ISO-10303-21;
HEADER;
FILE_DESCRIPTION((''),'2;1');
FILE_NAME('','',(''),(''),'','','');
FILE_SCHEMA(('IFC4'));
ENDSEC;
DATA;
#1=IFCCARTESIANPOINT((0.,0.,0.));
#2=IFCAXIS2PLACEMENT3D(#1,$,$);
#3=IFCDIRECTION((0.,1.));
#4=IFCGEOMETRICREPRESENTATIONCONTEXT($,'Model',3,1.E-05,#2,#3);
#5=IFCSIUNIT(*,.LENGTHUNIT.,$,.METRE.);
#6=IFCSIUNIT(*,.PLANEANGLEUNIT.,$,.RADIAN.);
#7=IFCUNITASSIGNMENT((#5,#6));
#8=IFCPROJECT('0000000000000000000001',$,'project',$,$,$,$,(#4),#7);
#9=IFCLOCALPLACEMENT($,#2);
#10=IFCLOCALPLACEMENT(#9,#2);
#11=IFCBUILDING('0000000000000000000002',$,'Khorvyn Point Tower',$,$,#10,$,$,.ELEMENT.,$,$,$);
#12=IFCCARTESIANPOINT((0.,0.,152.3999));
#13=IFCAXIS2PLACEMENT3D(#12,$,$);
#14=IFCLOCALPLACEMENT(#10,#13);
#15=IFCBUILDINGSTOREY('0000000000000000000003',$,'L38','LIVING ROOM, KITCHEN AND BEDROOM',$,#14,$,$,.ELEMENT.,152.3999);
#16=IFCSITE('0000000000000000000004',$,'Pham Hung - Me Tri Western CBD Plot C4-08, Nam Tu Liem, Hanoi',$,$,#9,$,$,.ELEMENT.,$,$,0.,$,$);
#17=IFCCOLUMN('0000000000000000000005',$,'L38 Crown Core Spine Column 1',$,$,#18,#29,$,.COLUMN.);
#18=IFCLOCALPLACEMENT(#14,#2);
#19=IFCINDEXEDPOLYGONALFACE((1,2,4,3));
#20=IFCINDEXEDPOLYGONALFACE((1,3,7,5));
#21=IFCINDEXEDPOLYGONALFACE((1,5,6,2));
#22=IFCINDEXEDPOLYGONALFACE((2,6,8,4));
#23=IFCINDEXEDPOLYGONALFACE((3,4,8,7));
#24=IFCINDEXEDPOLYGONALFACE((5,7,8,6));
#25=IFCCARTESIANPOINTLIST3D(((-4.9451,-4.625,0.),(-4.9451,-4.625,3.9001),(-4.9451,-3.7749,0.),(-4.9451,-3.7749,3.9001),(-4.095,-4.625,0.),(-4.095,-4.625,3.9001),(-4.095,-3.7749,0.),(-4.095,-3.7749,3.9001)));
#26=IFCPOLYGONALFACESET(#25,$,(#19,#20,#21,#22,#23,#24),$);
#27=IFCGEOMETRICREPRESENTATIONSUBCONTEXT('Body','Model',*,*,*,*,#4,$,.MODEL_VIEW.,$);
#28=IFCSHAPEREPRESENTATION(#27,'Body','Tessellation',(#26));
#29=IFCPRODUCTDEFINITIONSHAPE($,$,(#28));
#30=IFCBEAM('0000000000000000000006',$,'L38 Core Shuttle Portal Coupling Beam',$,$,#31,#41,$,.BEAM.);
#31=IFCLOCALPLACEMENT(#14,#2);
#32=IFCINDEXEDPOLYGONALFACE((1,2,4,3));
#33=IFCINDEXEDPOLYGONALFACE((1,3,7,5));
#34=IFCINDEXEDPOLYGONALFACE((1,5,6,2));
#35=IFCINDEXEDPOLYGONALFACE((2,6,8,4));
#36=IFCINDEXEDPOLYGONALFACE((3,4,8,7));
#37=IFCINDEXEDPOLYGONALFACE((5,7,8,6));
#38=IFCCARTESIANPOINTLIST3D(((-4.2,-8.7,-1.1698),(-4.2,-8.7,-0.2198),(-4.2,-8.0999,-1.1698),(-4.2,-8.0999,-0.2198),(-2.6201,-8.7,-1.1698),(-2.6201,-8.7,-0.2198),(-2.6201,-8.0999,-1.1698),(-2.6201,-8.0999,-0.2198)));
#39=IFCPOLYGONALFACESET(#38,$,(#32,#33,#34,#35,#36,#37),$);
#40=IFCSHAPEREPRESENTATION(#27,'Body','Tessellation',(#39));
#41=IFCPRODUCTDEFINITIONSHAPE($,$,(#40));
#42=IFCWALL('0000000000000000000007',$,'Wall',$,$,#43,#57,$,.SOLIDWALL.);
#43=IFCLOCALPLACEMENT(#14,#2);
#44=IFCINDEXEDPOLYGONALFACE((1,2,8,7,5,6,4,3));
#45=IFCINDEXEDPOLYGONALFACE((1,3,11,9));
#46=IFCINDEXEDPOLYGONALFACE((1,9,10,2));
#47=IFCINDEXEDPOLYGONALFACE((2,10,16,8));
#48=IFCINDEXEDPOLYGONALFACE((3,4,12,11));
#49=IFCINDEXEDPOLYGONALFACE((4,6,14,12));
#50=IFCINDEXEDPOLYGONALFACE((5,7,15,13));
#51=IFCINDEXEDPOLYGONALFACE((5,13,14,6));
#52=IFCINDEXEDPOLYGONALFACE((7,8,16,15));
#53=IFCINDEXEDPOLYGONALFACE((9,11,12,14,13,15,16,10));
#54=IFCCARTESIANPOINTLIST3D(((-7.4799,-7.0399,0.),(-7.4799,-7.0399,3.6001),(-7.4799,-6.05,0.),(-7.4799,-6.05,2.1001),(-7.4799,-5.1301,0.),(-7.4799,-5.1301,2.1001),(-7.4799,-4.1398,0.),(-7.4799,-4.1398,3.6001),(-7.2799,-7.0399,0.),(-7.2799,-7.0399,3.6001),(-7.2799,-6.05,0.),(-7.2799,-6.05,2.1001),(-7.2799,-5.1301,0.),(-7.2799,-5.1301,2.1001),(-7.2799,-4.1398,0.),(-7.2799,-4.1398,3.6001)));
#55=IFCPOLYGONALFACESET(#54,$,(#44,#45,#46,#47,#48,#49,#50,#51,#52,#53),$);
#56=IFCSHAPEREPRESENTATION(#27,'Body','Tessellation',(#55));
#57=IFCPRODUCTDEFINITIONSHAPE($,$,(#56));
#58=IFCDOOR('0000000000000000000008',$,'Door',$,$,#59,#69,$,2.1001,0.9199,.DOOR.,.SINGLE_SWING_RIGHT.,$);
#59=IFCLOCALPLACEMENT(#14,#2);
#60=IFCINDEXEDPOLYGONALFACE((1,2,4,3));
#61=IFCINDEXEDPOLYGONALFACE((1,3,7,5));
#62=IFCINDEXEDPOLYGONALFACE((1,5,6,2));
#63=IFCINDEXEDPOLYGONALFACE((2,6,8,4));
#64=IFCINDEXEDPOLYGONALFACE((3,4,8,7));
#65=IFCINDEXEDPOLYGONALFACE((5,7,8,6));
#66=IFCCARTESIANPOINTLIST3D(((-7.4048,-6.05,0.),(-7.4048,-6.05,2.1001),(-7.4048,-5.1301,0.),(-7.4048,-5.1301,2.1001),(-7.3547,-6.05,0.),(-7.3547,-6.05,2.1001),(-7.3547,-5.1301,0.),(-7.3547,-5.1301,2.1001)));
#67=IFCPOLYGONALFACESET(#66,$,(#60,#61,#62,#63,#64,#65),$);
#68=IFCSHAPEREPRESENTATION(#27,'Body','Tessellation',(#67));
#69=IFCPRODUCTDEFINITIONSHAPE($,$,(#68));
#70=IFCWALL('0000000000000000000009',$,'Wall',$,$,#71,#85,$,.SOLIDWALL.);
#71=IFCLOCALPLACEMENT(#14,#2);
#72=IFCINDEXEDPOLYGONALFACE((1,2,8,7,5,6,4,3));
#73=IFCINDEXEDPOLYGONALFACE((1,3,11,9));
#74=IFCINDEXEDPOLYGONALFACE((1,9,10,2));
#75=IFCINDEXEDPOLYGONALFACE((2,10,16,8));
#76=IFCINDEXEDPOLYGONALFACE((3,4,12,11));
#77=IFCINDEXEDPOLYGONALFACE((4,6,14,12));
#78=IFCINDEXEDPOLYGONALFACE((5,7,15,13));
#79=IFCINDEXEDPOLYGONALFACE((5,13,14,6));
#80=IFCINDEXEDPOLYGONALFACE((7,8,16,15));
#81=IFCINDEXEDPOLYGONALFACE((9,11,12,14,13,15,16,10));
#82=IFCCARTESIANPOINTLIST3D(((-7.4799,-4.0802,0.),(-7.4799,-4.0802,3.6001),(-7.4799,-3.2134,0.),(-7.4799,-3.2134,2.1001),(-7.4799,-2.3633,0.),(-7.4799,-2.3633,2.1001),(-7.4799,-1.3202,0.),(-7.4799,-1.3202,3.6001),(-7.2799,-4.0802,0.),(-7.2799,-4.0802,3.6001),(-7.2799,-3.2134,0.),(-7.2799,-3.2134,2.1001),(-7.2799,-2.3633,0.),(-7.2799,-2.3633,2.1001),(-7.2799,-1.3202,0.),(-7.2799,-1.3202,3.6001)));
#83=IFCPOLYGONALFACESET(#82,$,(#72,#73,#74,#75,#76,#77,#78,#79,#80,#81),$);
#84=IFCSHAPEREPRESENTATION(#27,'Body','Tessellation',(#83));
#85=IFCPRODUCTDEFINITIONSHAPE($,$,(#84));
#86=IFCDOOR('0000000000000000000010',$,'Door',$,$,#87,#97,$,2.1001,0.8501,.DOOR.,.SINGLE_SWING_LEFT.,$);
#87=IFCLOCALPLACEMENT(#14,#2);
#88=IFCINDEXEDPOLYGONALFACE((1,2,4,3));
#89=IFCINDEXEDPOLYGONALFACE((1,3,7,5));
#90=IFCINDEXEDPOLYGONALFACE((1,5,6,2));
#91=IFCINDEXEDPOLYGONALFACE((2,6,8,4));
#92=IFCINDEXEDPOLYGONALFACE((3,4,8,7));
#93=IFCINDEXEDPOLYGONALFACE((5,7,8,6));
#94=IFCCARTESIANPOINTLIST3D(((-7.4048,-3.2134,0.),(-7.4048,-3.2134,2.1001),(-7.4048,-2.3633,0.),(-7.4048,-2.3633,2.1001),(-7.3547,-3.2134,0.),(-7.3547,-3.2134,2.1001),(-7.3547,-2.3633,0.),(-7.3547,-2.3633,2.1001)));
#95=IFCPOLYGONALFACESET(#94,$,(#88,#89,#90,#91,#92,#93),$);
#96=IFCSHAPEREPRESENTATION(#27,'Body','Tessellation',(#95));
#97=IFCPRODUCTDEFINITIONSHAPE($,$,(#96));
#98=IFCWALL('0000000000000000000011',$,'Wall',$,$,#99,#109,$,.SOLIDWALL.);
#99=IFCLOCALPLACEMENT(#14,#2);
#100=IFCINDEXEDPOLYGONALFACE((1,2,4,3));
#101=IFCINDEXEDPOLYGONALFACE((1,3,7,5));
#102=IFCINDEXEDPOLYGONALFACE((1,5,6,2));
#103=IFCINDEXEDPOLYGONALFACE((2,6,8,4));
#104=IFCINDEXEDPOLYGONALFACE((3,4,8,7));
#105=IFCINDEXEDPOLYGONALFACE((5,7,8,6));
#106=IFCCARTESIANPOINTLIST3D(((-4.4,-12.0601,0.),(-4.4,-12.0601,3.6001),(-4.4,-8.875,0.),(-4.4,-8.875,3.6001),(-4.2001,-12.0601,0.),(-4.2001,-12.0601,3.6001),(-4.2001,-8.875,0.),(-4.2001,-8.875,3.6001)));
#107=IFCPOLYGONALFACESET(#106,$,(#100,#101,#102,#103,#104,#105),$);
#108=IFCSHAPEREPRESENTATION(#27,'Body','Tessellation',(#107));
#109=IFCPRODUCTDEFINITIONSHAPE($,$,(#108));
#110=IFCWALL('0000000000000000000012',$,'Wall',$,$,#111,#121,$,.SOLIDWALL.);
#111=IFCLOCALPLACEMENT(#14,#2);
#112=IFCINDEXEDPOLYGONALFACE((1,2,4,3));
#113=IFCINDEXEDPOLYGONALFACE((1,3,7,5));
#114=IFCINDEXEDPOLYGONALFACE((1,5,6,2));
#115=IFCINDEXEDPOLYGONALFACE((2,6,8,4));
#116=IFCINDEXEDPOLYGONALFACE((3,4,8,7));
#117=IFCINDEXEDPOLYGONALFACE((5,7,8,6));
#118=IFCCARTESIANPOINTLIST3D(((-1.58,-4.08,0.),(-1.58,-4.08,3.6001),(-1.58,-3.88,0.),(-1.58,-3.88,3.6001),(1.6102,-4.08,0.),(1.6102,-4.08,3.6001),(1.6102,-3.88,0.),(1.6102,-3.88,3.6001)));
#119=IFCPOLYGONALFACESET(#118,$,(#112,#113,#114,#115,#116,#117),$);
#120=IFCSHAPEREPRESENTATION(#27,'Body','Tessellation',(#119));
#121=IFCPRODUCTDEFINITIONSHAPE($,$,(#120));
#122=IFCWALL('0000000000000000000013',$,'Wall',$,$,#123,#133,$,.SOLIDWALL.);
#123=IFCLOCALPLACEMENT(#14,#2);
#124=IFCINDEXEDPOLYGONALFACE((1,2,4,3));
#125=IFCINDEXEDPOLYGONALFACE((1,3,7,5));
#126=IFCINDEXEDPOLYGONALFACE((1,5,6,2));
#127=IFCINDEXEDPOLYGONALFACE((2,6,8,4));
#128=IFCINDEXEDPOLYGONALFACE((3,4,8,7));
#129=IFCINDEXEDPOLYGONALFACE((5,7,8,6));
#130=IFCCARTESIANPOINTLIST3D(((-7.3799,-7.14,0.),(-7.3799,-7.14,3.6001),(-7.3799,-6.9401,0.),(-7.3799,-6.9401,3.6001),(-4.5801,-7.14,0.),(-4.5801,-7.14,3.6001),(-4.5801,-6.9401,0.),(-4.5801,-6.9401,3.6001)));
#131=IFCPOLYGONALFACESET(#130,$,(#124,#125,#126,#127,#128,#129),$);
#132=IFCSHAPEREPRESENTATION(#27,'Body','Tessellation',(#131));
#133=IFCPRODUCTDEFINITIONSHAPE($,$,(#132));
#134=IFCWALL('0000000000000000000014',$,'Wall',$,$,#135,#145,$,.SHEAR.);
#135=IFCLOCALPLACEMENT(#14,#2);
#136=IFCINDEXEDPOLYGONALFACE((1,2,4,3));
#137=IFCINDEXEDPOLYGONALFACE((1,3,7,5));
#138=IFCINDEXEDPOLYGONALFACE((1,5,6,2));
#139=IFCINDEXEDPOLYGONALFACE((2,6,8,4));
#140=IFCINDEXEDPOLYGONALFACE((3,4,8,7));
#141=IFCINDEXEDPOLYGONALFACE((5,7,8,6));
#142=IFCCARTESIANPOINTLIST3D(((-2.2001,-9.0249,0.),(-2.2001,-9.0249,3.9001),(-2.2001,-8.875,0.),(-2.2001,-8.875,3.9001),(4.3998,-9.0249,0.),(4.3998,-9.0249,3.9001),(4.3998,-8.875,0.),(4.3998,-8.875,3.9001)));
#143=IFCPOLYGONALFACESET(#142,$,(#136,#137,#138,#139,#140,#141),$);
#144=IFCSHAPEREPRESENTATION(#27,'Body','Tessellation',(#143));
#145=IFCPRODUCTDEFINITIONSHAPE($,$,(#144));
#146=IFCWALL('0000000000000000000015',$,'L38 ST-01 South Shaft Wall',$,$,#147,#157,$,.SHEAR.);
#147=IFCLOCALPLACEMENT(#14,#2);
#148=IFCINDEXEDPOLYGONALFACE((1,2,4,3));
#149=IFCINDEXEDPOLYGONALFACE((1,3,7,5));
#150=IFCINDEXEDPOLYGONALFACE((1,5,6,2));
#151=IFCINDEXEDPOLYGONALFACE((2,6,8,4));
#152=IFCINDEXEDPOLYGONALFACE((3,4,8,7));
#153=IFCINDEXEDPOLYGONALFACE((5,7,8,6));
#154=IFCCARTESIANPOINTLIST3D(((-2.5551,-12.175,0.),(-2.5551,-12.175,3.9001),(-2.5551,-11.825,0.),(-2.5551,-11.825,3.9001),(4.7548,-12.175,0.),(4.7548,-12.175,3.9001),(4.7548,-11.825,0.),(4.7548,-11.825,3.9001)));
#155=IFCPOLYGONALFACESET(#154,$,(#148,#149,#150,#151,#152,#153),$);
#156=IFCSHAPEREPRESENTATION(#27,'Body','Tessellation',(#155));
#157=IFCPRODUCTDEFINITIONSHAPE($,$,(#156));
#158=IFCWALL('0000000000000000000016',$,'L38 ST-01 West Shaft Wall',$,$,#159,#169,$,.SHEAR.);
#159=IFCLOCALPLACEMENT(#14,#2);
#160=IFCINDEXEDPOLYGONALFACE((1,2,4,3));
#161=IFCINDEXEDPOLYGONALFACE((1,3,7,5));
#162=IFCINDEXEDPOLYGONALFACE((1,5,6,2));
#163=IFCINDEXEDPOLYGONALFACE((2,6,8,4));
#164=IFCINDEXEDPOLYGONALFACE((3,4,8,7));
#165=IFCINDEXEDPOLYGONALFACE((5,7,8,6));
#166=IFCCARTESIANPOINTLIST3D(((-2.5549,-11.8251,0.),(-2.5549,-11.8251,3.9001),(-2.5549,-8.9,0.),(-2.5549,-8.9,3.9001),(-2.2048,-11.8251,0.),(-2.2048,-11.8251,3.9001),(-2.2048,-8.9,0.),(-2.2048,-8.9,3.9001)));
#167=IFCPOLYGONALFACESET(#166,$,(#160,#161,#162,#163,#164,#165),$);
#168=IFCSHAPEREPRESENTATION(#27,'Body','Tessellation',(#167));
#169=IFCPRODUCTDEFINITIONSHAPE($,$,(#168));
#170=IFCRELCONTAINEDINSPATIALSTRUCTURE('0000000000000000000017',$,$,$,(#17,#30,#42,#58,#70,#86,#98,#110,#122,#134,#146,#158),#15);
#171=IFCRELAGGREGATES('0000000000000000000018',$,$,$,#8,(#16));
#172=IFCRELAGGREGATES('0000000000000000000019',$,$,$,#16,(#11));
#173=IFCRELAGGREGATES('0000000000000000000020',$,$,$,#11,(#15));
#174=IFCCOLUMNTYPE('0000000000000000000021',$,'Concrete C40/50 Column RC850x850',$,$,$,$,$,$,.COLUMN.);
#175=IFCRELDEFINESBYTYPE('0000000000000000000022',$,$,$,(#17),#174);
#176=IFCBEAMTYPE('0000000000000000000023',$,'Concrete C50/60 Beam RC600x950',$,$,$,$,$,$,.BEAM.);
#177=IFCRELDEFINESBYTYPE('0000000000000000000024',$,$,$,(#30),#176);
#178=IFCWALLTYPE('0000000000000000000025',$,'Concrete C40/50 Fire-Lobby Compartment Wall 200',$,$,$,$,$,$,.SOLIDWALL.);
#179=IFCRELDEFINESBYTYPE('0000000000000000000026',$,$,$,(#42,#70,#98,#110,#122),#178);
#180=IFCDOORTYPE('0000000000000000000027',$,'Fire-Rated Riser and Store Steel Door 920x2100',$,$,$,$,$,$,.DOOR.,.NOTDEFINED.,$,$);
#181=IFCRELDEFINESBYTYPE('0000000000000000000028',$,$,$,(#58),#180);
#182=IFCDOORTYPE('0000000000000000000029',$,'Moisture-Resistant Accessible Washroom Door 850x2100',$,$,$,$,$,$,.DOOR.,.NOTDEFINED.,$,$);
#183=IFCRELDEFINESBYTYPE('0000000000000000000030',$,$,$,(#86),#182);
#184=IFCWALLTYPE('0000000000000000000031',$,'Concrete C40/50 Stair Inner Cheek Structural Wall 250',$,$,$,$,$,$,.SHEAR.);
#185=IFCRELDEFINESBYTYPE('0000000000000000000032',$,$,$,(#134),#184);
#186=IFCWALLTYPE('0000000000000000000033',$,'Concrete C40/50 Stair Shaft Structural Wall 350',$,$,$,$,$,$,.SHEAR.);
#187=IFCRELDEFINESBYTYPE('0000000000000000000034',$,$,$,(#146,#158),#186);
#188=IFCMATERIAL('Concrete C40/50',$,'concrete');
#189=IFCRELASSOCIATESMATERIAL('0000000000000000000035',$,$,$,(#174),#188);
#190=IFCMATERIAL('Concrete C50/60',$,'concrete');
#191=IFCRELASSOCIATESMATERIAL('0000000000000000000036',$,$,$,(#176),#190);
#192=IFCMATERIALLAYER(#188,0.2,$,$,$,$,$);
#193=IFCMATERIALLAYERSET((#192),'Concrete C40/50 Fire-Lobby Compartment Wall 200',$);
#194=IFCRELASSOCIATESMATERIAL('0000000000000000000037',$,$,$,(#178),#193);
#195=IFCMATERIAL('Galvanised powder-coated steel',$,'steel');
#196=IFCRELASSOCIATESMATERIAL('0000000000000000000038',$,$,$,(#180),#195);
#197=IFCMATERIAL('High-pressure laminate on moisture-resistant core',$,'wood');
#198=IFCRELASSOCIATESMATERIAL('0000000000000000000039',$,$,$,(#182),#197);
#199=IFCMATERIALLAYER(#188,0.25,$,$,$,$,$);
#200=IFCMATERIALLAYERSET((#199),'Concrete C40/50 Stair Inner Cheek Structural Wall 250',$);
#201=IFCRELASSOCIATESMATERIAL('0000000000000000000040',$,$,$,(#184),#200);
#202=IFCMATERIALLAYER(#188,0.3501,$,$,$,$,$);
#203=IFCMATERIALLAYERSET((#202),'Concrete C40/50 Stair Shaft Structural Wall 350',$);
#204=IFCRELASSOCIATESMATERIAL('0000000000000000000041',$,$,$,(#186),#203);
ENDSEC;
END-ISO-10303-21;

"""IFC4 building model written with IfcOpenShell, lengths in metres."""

from ifc_helpers import new_model, si_unit, direction, frame, frame_2d, origin, origin_2d, place, context, subcontext, project, spatial, rectangle, extrude, material, layer, layer_set, material_profile, profile_set, type_object, element, fill, save


model = new_model("IFC4")

# Units and contexts
model_context = context("Model", 3, precision=1e-05, world=origin(), true_north=direction((0.0, 1.0)))
body_context = subcontext(model_context, "Body", "Model", "MODEL_VIEW")
ifc_project = project(units=[si_unit("LENGTHUNIT", "METRE"), si_unit("PLANEANGLEUNIT", "RADIAN")], contexts=[model_context])

# Site, building, storey
site_placement = place(None, origin())
site = spatial("IfcSite", under=ifc_project, at=site_placement, Name="Pham Hung - Me Tri Western CBD Plot C4-08, Nam Tu Liem, Hanoi", CompositionType="ELEMENT", RefElevation=0.0)
building_placement = place(site_placement, origin())
building = spatial("IfcBuilding", under=site, at=building_placement, Name="Khorvyn Point Tower", CompositionType="ELEMENT")
storey_placement = place(building_placement, frame((0.0, 0.0, 152.3999)))
storey = spatial("IfcBuildingStorey", under=building, at=storey_placement, Name="L38", Description="LIVING ROOM, KITCHEN AND BEDROOM", CompositionType="ELEMENT", Elevation=152.3999)

# Column
ifc_material_1 = material(Name="Concrete C40/50", Category="concrete")
ifc_material_profile_1 = material_profile(ifc_material_1, rectangle(XDim=0.8501, YDim=0.8501, at=origin_2d()))
ifc_profile_set_1 = profile_set([ifc_material_profile_1], Name="Concrete C40/50 RC850x850")
column_type = type_object("IfcColumnType", Name="Concrete C40/50 Column RC850x850", PredefinedType="COLUMN", material=ifc_profile_set_1)
column_placement = place(storey_placement, frame((-4.52, -4.2, 0.0), z_axis=(0.0, 0.0, 1.0), x_axis=(1.0, 0.0, 0.0)))
element("IfcColumn", 1, at=column_placement, inside=storey, type_object=column_type, Name="L38 Crown Core Spine Column 1", PredefinedType="COLUMN", context=body_context, shape_type="SweptSolid", body=[
    extrude(rectangle(XDim=0.8501, YDim=0.8501, at=origin_2d()), origin(), (0.0, 0.0, 1.0), 3.9001),
])

# Beam
ifc_material_2 = material(Name="Concrete C50/60", Category="concrete")
ifc_material_profile_2 = material_profile(ifc_material_2, rectangle(XDim=0.6001, YDim=0.95, at=origin_2d()))
ifc_profile_set_2 = profile_set([ifc_material_profile_2], Name="Concrete C50/60 RC600x950")
beam_type = type_object("IfcBeamType", Name="Concrete C50/60 Beam RC600x950", PredefinedType="BEAM", material=ifc_profile_set_2)
beam_placement = place(storey_placement, frame((-4.2, -8.3999, -0.6948), z_axis=(1.0, 0.0, 0.0), x_axis=(0.0, 1.0, 0.0)))
element("IfcBeam", 2, at=beam_placement, inside=storey, type_object=beam_type, Name="L38 Core Shuttle Portal Coupling Beam", PredefinedType="BEAM", context=body_context, shape_type="SweptSolid", body=[
    extrude(rectangle(XDim=0.6001, YDim=0.95, at=origin_2d()), origin(), (0.0, 0.0, 1.0), 1.5798),
])

# Walls, openings, doors
ifc_layer_1 = layer(ifc_material_1, 0.2)
ifc_layer_set_1 = layer_set([ifc_layer_1], Name="Concrete C40/50 Fire-Lobby Compartment Wall 200")
wall_type_1 = type_object("IfcWallType", Name="Concrete C40/50 Fire-Lobby Compartment Wall 200", PredefinedType="SOLIDWALL", material=ifc_layer_set_1)
wall_1_placement = place(storey_placement, frame((-7.3799, -7.04, 0.0), z_axis=(0.0, 0.0, 1.0), x_axis=(0.0, 1.0, 0.0)))
wall_1 = element("IfcWall", 3, at=wall_1_placement, inside=storey, type_object=wall_type_1, Name="Wall", PredefinedType="SOLIDWALL", context=body_context, shape_type="SweptSolid", body=[
    extrude(rectangle(XDim=2.9001, YDim=0.2, at=frame_2d((1.4502, 0.0))), origin(), (0.0, 0.0, 1.0), 3.6001),
])
opening_1_placement = place(wall_1_placement, frame((0.99, 0.0, 0.0)))
opening_1 = element("IfcOpeningElement", 4, at=opening_1_placement, cuts=wall_1, PredefinedType="OPENING", context=body_context, shape_type="SweptSolid", body=[
    extrude(rectangle(XDim=0.9199, YDim=2.1001, at=frame_2d((0.46, 1.05))), frame((0.0, 0.1099, 0.0), z_axis=(0.0, -1.0, 0.0), x_axis=(1.0, 0.0, 0.0)), (0.0, 0.0, 1.0), 0.22),
])
ifc_material_3 = material(Name="Galvanised powder-coated steel", Category="steel")
door_type_1 = type_object("IfcDoorType", Name="Fire-Rated Riser and Store Steel Door 920x2100", OperationType="NOTDEFINED", PredefinedType="DOOR", material=ifc_material_3)
door_1_placement = place(opening_1_placement, origin())
door_1 = element("IfcDoor", 5, at=door_1_placement, inside=storey, type_object=door_type_1, Name="Door", OperationType="SINGLE_SWING_RIGHT", OverallHeight=2.1001, OverallWidth=0.9199, PredefinedType="DOOR", context=body_context, shape_type="SweptSolid", body=[
    extrude(rectangle(XDim=0.9199, YDim=2.1001, at=frame_2d((0.46, 1.05))), frame((0.0, 0.0249, 0.0), z_axis=(0.0, -1.0, 0.0), x_axis=(1.0, 0.0, 0.0)), (0.0, 0.0, 1.0), 0.05),
])
fill(opening_1, door_1)
wall_2_placement = place(storey_placement, frame((-7.3799, -4.0801, 0.0), z_axis=(0.0, 0.0, 1.0), x_axis=(0.0, 1.0, 0.0)))
wall_2 = element("IfcWall", 6, at=wall_2_placement, inside=storey, type_object=wall_type_1, Name="Wall", PredefinedType="SOLIDWALL", context=body_context, shape_type="SweptSolid", body=[
    extrude(rectangle(XDim=2.76, YDim=0.2, at=frame_2d((1.3799, 0.0))), origin(), (0.0, 0.0, 1.0), 3.6001),
])
opening_2_placement = place(wall_2_placement, frame((0.8667, 0.0, 0.0)))
opening_2 = element("IfcOpeningElement", 7, at=opening_2_placement, cuts=wall_2, PredefinedType="OPENING", context=body_context, shape_type="SweptSolid", body=[
    extrude(rectangle(XDim=0.8501, YDim=2.1001, at=frame_2d((0.425, 1.05))), frame((0.0, 0.1099, 0.0), z_axis=(0.0, -1.0, 0.0), x_axis=(1.0, 0.0, 0.0)), (0.0, 0.0, 1.0), 0.22),
])
ifc_material_4 = material(Name="High-pressure laminate on moisture-resistant core", Category="wood")
door_type_2 = type_object("IfcDoorType", Name="Moisture-Resistant Accessible Washroom Door 850x2100", OperationType="NOTDEFINED", PredefinedType="DOOR", material=ifc_material_4)
door_2_placement = place(opening_2_placement, origin())
door_2 = element("IfcDoor", 8, at=door_2_placement, inside=storey, type_object=door_type_2, Name="Door", OperationType="SINGLE_SWING_LEFT", OverallHeight=2.1001, OverallWidth=0.8501, PredefinedType="DOOR", context=body_context, shape_type="SweptSolid", body=[
    extrude(rectangle(XDim=0.8501, YDim=2.1001, at=frame_2d((0.425, 1.05))), frame((0.0, 0.0249, 0.0), z_axis=(0.0, -1.0, 0.0), x_axis=(1.0, 0.0, 0.0)), (0.0, 0.0, 1.0), 0.05),
])
fill(opening_2, door_2)

# Walls
wall_3_placement = place(storey_placement, frame((-4.3, -12.0601, 0.0), z_axis=(0.0, 0.0, 1.0), x_axis=(0.0, 1.0, 0.0)))
element("IfcWall", 9, at=wall_3_placement, inside=storey, type_object=wall_type_1, Name="Wall", PredefinedType="SOLIDWALL", context=body_context, shape_type="SweptSolid", body=[
    extrude(rectangle(XDim=3.1851, YDim=0.2, at=frame_2d((1.5925, 0.0))), origin(), (0.0, 0.0, 1.0), 3.6001),
])
wall_4_placement = place(storey_placement, frame((-1.5801, -3.98, 0.0), z_axis=(0.0, 0.0, 1.0), x_axis=(1.0, 0.0, 0.0)))
element("IfcWall", 10, at=wall_4_placement, inside=storey, type_object=wall_type_1, Name="Wall", PredefinedType="SOLIDWALL", context=body_context, shape_type="SweptSolid", body=[
    extrude(rectangle(XDim=3.1902, YDim=0.2, at=frame_2d((1.5952, 0.0))), origin(), (0.0, 0.0, 1.0), 3.6001),
])
wall_5_placement = place(storey_placement, frame((-7.3799, -7.04, 0.0), z_axis=(0.0, 0.0, 1.0), x_axis=(1.0, 0.0, 0.0)))
element("IfcWall", 11, at=wall_5_placement, inside=storey, type_object=wall_type_1, Name="Wall", PredefinedType="SOLIDWALL", context=body_context, shape_type="SweptSolid", body=[
    extrude(rectangle(XDim=2.7998, YDim=0.2, at=frame_2d((1.3999, 0.0))), origin(), (0.0, 0.0, 1.0), 3.6001),
])
ifc_layer_2 = layer(ifc_material_1, 0.25)
ifc_layer_set_2 = layer_set([ifc_layer_2], Name="Concrete C40/50 Stair Inner Cheek Structural Wall 250")
wall_type_2 = type_object("IfcWallType", Name="Concrete C40/50 Stair Inner Cheek Structural Wall 250", PredefinedType="SHEAR", material=ifc_layer_set_2)
wall_6_placement = place(storey_placement, frame((-2.2, -8.95, 0.0), z_axis=(0.0, 0.0, 1.0), x_axis=(1.0, 0.0, 0.0)))
element("IfcWall", 12, at=wall_6_placement, inside=storey, type_object=wall_type_2, Name="Wall", PredefinedType="SHEAR", context=body_context, shape_type="SweptSolid", body=[
    extrude(rectangle(XDim=6.5999, YDim=0.1499, at=frame_2d((3.2998, 0.0))), origin(), (0.0, 0.0, 1.0), 3.9001),
])
ifc_layer_3 = layer(ifc_material_1, 0.3501)
ifc_layer_set_3 = layer_set([ifc_layer_3], Name="Concrete C40/50 Stair Shaft Structural Wall 350")
wall_type_3 = type_object("IfcWallType", Name="Concrete C40/50 Stair Shaft Structural Wall 350", PredefinedType="SHEAR", material=ifc_layer_set_3)
wall_7_placement = place(storey_placement, frame((-2.5549, -12.0, 0.0), z_axis=(0.0, 0.0, 1.0), x_axis=(1.0, 0.0, 0.0)))
element("IfcWall", 13, at=wall_7_placement, inside=storey, type_object=wall_type_3, Name="L38 ST-01 South Shaft Wall", PredefinedType="SHEAR", context=body_context, shape_type="SweptSolid", body=[
    extrude(rectangle(XDim=7.3098, YDim=0.3501, at=frame_2d((3.6548, 0.0))), origin(), (0.0, 0.0, 1.0), 3.9001),
])
wall_8_placement = place(storey_placement, frame((-2.3799, -11.825, 0.0), z_axis=(0.0, 0.0, 1.0), x_axis=(0.0, 1.0, 0.0)))
element("IfcWall", 14, at=wall_8_placement, inside=storey, type_object=wall_type_3, Name="L38 ST-01 West Shaft Wall", PredefinedType="SHEAR", context=body_context, shape_type="SweptSolid", body=[
    extrude(rectangle(XDim=2.925, YDim=0.3501, at=frame_2d((1.4624, 0.0))), origin(), (0.0, 0.0, 1.0), 3.9001),
])

save(model, "model.ifc")
